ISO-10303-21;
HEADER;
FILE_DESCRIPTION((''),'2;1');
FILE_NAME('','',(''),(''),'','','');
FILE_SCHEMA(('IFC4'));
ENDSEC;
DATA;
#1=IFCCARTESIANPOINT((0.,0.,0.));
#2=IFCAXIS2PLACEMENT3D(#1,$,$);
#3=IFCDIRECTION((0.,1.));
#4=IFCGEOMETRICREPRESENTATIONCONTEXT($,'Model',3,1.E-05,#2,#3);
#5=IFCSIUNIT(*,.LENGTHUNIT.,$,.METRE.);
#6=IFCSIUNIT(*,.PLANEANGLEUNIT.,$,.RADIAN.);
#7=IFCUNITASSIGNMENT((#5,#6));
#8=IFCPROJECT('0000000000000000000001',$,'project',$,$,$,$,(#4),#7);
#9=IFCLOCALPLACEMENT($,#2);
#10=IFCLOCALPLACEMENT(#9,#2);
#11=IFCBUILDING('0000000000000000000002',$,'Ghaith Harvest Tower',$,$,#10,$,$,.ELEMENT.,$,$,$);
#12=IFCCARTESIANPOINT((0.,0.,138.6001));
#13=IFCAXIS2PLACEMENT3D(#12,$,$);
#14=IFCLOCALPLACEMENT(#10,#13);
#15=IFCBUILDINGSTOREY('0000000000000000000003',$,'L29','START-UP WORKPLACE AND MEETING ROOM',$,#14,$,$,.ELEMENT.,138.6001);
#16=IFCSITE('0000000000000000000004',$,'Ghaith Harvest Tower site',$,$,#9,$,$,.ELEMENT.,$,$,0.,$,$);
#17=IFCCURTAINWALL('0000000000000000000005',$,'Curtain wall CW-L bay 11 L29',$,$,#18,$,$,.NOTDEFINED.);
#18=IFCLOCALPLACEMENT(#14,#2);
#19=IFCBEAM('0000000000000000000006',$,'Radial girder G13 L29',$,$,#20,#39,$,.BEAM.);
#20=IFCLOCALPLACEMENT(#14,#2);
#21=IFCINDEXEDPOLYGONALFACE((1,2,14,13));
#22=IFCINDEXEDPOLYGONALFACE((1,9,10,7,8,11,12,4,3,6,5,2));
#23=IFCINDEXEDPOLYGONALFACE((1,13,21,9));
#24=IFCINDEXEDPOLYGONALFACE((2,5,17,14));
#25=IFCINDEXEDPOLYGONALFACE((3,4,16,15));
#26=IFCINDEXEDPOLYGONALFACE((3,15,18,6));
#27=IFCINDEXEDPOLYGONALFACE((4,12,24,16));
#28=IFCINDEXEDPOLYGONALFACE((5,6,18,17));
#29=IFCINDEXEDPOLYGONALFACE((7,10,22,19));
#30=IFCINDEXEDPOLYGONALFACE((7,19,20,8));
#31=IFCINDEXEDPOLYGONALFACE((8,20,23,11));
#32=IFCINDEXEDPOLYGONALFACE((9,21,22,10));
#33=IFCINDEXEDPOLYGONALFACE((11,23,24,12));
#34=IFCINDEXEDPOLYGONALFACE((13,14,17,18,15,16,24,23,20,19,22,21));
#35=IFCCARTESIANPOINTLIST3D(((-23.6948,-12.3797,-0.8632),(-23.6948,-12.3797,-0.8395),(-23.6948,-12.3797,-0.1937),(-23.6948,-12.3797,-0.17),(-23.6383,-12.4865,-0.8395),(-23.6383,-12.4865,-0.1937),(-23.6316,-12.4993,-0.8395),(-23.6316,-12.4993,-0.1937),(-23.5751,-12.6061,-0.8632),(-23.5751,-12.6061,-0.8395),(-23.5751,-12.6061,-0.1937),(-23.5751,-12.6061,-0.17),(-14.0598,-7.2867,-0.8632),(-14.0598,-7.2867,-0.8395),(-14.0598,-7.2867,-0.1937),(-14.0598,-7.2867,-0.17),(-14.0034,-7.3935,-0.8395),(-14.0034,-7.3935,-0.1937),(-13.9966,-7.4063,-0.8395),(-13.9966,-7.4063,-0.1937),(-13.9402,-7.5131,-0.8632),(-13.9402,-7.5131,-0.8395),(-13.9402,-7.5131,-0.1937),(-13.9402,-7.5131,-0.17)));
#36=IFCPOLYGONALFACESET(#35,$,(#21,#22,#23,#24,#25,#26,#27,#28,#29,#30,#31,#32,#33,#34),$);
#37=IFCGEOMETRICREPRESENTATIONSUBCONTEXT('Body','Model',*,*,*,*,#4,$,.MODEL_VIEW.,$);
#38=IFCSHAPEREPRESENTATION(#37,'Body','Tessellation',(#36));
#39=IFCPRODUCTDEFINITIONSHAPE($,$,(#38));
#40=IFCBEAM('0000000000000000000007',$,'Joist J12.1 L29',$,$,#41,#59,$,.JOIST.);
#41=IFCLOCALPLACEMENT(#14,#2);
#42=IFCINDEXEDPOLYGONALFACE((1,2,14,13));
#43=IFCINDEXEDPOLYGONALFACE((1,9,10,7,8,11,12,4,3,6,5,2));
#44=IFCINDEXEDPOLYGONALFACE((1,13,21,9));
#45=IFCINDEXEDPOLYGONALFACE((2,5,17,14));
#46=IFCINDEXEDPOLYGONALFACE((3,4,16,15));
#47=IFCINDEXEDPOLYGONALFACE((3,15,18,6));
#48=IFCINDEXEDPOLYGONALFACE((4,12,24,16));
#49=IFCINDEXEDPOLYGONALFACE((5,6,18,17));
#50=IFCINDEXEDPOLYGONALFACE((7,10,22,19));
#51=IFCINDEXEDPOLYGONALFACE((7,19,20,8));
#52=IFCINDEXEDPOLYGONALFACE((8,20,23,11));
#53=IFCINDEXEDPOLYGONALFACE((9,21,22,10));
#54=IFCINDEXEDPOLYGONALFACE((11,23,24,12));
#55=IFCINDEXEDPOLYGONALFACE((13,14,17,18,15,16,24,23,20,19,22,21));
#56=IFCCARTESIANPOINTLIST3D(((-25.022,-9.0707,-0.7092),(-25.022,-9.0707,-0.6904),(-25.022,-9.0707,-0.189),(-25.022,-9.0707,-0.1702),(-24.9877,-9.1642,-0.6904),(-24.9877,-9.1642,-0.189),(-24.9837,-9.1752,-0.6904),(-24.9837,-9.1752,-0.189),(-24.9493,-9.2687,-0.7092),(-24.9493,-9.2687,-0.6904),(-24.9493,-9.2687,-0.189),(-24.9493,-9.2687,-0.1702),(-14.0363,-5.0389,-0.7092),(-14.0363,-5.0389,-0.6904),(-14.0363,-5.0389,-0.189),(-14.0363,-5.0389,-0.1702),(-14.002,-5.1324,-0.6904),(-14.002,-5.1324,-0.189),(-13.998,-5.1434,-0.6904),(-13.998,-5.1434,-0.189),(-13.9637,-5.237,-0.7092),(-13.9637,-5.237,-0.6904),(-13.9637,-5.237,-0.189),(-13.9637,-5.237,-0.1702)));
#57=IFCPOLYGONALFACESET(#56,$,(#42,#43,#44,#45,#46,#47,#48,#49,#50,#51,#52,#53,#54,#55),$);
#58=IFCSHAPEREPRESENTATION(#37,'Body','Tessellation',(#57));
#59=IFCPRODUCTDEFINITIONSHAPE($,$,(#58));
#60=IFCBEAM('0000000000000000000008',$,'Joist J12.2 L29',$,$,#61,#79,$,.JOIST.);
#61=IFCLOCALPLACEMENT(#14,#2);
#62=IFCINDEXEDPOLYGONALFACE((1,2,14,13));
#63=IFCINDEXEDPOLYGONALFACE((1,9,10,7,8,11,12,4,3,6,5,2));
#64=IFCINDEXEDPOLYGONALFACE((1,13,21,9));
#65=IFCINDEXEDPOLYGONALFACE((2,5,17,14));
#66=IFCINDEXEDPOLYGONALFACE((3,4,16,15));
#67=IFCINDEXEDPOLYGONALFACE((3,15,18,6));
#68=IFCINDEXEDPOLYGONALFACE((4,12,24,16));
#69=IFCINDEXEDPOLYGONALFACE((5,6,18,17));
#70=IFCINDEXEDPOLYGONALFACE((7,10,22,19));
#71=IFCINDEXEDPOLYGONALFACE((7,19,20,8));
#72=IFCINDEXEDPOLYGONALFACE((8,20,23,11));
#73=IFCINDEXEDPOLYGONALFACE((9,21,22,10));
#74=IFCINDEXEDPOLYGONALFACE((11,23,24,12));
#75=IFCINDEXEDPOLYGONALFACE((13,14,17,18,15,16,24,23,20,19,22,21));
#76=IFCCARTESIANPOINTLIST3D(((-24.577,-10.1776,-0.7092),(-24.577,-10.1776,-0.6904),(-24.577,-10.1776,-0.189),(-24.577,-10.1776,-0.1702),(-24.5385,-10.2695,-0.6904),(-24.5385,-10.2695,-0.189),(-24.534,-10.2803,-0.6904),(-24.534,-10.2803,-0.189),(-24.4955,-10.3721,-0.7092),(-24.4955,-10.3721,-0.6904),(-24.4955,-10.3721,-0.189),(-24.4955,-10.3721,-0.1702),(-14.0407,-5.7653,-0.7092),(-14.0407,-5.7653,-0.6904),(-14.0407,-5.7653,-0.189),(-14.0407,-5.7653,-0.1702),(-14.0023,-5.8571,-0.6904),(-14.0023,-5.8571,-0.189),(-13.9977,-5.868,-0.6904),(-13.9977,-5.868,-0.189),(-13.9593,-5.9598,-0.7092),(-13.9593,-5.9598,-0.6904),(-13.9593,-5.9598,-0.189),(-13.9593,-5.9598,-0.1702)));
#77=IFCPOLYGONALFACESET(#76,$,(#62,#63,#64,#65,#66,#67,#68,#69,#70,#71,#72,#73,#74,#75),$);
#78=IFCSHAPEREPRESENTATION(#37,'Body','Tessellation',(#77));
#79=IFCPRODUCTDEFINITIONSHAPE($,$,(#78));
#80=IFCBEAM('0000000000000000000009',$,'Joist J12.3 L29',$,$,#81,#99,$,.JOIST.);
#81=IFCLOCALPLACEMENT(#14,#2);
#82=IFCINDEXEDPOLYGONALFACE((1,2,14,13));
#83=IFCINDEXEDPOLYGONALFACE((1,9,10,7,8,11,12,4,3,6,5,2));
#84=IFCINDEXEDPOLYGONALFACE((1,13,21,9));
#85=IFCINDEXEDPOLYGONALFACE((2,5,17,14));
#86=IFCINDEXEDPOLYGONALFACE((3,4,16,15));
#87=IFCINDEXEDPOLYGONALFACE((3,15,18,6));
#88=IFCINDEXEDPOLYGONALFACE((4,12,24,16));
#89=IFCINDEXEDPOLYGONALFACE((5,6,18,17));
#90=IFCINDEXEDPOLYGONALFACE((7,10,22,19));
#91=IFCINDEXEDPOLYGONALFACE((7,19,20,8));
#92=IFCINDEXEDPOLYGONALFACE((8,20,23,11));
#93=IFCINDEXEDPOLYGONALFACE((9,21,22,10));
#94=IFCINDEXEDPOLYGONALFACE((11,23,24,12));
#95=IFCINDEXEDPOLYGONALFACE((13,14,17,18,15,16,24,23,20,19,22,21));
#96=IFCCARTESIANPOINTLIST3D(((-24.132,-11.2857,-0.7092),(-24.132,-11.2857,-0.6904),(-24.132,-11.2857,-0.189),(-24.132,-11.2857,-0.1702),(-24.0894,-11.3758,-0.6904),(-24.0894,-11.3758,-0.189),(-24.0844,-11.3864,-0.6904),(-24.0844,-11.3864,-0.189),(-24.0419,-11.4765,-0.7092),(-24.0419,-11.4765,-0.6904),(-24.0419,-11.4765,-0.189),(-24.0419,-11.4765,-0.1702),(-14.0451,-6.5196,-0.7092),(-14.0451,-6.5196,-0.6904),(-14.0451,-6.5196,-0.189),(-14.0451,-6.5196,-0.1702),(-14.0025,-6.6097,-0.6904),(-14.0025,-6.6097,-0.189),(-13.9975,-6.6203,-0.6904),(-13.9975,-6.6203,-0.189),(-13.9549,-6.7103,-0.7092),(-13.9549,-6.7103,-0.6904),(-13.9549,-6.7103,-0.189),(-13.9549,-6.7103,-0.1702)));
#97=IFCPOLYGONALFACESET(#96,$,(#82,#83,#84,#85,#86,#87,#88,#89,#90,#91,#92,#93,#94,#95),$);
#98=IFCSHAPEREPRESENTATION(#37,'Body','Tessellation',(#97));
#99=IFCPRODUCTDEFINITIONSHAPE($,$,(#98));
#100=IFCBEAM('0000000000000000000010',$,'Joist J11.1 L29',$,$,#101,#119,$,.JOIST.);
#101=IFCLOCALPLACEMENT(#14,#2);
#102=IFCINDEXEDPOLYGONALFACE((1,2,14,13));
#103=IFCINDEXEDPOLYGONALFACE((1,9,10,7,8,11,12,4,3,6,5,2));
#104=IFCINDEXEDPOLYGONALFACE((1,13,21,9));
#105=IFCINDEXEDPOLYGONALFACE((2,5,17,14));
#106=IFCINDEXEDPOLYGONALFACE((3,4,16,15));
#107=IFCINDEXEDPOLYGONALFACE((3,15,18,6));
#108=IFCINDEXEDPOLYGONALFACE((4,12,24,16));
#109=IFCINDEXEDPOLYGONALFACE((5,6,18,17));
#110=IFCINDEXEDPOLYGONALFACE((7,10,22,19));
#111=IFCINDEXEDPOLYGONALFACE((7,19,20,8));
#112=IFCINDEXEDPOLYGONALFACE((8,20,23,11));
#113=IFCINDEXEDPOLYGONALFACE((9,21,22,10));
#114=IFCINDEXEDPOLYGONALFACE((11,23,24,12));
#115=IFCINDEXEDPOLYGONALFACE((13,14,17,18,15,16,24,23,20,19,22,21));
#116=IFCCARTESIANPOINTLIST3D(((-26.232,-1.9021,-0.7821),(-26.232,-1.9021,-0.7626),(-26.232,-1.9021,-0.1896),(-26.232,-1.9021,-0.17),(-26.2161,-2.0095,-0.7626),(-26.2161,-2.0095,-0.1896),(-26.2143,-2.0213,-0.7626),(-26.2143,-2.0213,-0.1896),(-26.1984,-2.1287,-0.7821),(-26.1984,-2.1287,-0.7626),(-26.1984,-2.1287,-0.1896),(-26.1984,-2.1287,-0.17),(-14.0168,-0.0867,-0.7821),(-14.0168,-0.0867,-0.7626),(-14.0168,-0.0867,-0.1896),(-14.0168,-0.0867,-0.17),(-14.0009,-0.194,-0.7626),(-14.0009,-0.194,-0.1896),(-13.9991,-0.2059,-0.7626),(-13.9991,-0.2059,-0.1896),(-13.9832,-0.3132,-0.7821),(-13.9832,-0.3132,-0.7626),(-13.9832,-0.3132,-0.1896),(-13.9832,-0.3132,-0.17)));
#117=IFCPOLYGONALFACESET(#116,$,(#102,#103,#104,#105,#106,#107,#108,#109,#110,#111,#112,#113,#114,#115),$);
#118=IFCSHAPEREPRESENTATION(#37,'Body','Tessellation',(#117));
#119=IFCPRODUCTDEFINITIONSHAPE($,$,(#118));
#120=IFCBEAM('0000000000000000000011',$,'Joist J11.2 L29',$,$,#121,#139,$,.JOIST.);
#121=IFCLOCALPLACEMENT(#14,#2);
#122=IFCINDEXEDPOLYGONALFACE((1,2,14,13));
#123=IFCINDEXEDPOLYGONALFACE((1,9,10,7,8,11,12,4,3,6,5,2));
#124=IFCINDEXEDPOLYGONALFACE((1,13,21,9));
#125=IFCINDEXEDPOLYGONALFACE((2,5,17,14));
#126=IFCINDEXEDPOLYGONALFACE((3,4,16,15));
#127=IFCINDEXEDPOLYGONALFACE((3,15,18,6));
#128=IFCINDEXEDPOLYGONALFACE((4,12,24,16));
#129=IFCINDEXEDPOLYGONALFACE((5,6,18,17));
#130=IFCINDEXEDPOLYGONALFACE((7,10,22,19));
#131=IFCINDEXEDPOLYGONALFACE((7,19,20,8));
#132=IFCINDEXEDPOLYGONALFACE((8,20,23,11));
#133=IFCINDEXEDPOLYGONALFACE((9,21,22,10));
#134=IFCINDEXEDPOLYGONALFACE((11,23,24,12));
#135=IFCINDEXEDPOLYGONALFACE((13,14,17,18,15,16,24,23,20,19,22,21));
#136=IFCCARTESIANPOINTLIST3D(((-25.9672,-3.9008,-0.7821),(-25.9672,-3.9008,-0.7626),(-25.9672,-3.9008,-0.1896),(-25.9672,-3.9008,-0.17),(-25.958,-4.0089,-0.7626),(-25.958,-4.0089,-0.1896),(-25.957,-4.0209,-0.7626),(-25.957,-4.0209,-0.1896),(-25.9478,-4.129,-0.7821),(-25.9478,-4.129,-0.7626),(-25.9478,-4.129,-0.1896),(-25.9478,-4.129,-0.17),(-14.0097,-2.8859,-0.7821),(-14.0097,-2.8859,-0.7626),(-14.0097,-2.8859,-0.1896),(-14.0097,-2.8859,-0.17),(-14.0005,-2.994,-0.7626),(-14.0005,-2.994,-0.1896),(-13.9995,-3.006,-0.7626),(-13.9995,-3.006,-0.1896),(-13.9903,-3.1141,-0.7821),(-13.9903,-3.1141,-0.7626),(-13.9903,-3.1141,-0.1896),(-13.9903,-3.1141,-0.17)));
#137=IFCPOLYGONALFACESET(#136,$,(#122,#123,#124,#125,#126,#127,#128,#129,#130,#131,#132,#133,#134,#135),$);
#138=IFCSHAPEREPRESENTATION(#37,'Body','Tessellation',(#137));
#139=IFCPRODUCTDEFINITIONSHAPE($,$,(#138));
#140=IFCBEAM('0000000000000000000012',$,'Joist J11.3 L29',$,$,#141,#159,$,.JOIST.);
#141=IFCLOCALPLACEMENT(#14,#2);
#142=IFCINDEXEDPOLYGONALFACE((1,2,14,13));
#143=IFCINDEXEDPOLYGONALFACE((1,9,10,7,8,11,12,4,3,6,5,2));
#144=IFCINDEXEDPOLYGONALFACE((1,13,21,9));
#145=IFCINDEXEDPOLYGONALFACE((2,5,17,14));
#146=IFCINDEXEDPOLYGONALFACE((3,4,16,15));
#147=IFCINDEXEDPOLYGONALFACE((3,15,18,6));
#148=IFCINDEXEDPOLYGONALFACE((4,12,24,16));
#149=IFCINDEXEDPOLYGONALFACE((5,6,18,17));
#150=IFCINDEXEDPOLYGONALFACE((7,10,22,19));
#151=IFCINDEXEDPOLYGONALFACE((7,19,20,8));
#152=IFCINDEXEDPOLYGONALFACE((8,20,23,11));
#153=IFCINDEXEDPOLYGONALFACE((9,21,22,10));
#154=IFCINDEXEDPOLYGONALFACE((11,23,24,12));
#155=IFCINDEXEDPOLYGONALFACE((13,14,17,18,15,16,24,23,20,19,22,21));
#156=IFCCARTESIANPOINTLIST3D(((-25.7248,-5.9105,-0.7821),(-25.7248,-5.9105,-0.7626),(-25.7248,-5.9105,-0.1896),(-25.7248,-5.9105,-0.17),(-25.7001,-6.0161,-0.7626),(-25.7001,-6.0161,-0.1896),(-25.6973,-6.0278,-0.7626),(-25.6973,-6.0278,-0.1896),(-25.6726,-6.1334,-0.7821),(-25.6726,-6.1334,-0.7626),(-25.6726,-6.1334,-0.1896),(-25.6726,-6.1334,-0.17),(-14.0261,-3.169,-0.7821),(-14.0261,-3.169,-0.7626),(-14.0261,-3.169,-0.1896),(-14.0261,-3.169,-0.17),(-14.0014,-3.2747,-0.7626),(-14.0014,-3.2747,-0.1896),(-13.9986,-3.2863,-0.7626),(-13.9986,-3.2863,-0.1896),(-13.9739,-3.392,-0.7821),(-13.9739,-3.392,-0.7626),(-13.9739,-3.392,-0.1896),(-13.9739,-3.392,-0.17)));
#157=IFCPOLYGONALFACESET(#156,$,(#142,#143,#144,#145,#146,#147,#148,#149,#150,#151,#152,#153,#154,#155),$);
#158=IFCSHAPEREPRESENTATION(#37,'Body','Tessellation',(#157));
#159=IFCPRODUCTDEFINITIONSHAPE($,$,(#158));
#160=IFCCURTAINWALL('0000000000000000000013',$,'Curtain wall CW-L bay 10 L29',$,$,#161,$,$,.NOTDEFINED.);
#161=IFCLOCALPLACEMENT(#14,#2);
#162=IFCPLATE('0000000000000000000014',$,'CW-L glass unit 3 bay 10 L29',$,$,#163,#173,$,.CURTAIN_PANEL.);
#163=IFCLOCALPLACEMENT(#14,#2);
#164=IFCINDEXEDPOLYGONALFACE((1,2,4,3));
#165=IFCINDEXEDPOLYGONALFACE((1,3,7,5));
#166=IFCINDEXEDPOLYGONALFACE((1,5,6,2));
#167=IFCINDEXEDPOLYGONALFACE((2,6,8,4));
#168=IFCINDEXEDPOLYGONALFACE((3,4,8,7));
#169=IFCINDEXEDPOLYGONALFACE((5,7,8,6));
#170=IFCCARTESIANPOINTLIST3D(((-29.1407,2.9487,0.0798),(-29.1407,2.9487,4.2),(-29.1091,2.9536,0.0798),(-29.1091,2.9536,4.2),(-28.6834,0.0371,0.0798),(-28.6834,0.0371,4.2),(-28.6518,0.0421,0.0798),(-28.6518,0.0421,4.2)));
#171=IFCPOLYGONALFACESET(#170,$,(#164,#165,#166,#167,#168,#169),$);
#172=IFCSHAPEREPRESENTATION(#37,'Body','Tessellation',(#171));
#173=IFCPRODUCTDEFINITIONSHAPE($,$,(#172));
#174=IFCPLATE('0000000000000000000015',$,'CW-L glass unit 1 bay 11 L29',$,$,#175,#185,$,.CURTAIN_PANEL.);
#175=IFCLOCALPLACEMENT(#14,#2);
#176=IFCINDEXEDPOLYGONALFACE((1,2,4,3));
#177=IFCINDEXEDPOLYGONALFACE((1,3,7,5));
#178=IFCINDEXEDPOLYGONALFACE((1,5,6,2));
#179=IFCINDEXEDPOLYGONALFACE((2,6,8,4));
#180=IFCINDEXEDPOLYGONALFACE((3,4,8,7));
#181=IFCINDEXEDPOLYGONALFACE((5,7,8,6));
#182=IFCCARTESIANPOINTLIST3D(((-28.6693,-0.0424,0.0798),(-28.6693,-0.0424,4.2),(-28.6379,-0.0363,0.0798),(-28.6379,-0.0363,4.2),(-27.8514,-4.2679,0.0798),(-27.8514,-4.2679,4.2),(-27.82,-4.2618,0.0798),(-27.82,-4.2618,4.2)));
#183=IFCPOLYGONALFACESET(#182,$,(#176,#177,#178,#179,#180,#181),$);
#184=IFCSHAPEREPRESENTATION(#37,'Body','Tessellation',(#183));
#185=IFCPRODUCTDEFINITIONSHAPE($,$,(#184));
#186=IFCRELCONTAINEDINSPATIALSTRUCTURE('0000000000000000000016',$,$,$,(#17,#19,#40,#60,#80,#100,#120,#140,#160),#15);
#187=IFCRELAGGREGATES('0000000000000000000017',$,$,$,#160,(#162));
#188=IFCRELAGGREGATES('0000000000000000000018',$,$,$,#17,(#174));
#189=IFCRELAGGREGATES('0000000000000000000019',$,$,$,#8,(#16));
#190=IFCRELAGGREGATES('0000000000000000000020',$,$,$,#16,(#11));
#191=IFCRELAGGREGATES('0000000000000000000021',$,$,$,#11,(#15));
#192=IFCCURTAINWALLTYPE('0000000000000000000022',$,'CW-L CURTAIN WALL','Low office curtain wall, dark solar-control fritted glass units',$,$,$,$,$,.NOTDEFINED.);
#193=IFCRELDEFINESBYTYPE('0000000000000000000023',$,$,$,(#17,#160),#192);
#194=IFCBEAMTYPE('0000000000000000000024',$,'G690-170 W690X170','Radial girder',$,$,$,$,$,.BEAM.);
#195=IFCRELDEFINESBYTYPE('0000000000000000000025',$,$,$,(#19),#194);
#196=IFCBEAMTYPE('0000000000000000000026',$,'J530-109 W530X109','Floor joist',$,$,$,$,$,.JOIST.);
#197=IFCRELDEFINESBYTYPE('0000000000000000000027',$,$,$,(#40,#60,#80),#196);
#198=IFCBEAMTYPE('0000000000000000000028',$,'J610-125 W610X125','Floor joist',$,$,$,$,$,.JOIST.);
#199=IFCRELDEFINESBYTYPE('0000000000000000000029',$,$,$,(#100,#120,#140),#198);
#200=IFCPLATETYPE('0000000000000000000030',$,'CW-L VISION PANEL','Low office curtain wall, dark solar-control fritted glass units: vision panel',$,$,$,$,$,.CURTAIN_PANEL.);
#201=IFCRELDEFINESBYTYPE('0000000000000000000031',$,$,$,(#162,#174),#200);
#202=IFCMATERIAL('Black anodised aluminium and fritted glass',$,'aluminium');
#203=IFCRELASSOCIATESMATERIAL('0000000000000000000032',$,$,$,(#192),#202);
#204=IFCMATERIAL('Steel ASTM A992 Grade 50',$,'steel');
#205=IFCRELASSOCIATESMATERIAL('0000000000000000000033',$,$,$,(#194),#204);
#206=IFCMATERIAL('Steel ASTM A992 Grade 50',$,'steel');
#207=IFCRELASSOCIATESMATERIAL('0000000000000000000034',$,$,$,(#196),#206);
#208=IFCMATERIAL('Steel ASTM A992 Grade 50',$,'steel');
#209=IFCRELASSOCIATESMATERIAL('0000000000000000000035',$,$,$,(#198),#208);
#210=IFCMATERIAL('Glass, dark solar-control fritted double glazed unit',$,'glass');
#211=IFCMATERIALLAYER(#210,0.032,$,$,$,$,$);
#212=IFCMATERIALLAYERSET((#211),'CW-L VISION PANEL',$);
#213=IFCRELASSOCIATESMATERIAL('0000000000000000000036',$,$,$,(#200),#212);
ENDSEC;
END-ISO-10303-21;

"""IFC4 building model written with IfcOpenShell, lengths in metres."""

from ifc_helpers import new_model, si_unit, direction, frame, origin, origin_2d, place, context, subcontext, project, spatial, rectangle, i_section, extrude, material, layer, layer_set, material_profile, profile_set, type_object, element, aggregate, save


model = new_model("IFC4")

# Units and contexts
model_context = context("Model", 3, precision=1e-05, world=origin(), true_north=direction((0.0, 1.0)))
body_context = subcontext(model_context, "Body", "Model", "MODEL_VIEW")
ifc_project = project(units=[si_unit("LENGTHUNIT", "METRE"), si_unit("PLANEANGLEUNIT", "RADIAN")], contexts=[model_context])

# Site, building, storey
site_placement = place(None, origin())
site = spatial("IfcSite", under=ifc_project, at=site_placement, Name="Ghaith Harvest Tower site", CompositionType="ELEMENT", RefElevation=0.0)
building_placement = place(site_placement, origin())
building = spatial("IfcBuilding", under=site, at=building_placement, Name="Ghaith Harvest Tower", CompositionType="ELEMENT")
storey_placement = place(building_placement, frame((0.0, 0.0, 138.6001)))
storey = spatial("IfcBuildingStorey", under=building, at=storey_placement, Name="L29", Description="START-UP WORKPLACE AND MEETING ROOM", CompositionType="ELEMENT", Elevation=138.6001)

# Curtain wall
ifc_material_1 = material(Name="Black anodised aluminium and fritted glass", Category="aluminium")
curtain_wall_type = type_object("IfcCurtainWallType", Name="CW-L CURTAIN WALL", Description="Low office curtain wall, dark solar-control fritted glass units", PredefinedType="NOTDEFINED", material=ifc_material_1)
curtain_wall_1_placement = place(storey_placement, origin())
curtain_wall_1 = element("IfcCurtainWall", 1, at=curtain_wall_1_placement, inside=storey, type_object=curtain_wall_type, Name="Curtain wall CW-L bay 11 L29", PredefinedType="NOTDEFINED")

# Beams
ifc_material_2 = material(Name="Steel ASTM A992 Grade 50", Category="steel")
ifc_material_profile_1 = material_profile(ifc_material_2, i_section(OverallWidth=0.2561, OverallDepth=0.6931, WebThickness=0.0144, FlangeThickness=0.0237, at=origin_2d()), Name="W690X170")
ifc_profile_set_1 = profile_set([ifc_material_profile_1], Name="Steel ASTM A992 Grade 50")
beam_type_1 = type_object("IfcBeamType", Name="G690-170 W690X170", Description="Radial girder", PredefinedType="BEAM", material=ifc_profile_set_1)
beam_1_placement = place(storey_placement, frame((-14.0, -7.3999, -0.5166), z_axis=(-0.884086, -0.467324, 0.0), x_axis=(0.467324, -0.884086, 0.0)))
element("IfcBeam", 2, at=beam_1_placement, inside=storey, type_object=beam_type_1, Name="Radial girder G13 L29", PredefinedType="BEAM", context=body_context, shape_type="SweptSolid", body=[
    extrude(i_section(OverallWidth=0.2561, OverallDepth=0.6931, WebThickness=0.0144, FlangeThickness=0.0237, at=origin_2d()), origin(), (0.0, 0.0, 1.0), 10.8982),
])
ifc_material_3 = material(Name="Steel ASTM A992 Grade 50", Category="steel")
ifc_material_profile_2 = material_profile(ifc_material_3, i_section(OverallWidth=0.2109, OverallDepth=0.5391, WebThickness=0.0117, FlangeThickness=0.0188, at=origin_2d()), Name="W530X109")
ifc_profile_set_2 = profile_set([ifc_material_profile_2], Name="Steel ASTM A992 Grade 50")
beam_type_2 = type_object("IfcBeamType", Name="J530-109 W530X109", Description="Floor joist", PredefinedType="JOIST", material=ifc_profile_set_2)
beam_2_placement = place(storey_placement, frame((-14.0, -5.1379, -0.4397), z_axis=(-0.938774, -0.344532, 0.0), x_axis=(0.344532, -0.938774, 0.0)))
element("IfcBeam", 3, at=beam_2_placement, inside=storey, type_object=beam_type_2, Name="Joist J12.1 L29", PredefinedType="JOIST", context=body_context, shape_type="SweptSolid", body=[
    extrude(i_section(OverallWidth=0.2109, OverallDepth=0.5391, WebThickness=0.0117, FlangeThickness=0.0188, at=origin_2d()), origin(), (0.0, 0.0, 1.0), 11.7021),
])
beam_3_placement = place(storey_placement, frame((-14.0, -5.8625, -0.4397), z_axis=(-0.922386, -0.38627, 0.0), x_axis=(0.38627, -0.922386, 0.0)))
element("IfcBeam", 4, at=beam_3_placement, inside=storey, type_object=beam_type_2, Name="Joist J12.2 L29", PredefinedType="JOIST", context=body_context, shape_type="SweptSolid", body=[
    extrude(i_section(OverallWidth=0.2109, OverallDepth=0.5391, WebThickness=0.0117, FlangeThickness=0.0188, at=origin_2d()), origin(), (0.0, 0.0, 1.0), 11.4229),
])
beam_4_placement = place(storey_placement, frame((-14.0, -6.615, -0.4397), z_axis=(-0.90415, -0.427215, 0.0), x_axis=(0.427215, -0.90415, 0.0)))
element("IfcBeam", 5, at=beam_4_placement, inside=storey, type_object=beam_type_2, Name="Joist J12.3 L29", PredefinedType="JOIST", context=body_context, shape_type="SweptSolid", body=[
    extrude(i_section(OverallWidth=0.2109, OverallDepth=0.5391, WebThickness=0.0117, FlangeThickness=0.0188, at=origin_2d()), origin(), (0.0, 0.0, 1.0), 11.1562),
])
ifc_material_4 = material(Name="Steel ASTM A992 Grade 50", Category="steel")
ifc_material_profile_3 = material_profile(ifc_material_4, i_section(OverallWidth=0.229, OverallDepth=0.6121, WebThickness=0.012, FlangeThickness=0.0195, at=origin_2d()), Name="W610X125")
ifc_profile_set_3 = profile_set([ifc_material_profile_3], Name="Steel ASTM A992 Grade 50")
beam_type_3 = type_object("IfcBeamType", Name="J610-125 W610X125", Description="Floor joist", PredefinedType="JOIST", material=ifc_profile_set_3)
beam_5_placement = place(storey_placement, frame((-14.0, -0.2, -0.4761), z_axis=(-0.989135, -0.147007, 0.0), x_axis=(0.147007, -0.989135, 0.0)))
element("IfcBeam", 6, at=beam_5_placement, inside=storey, type_object=beam_type_3, Name="Joist J11.1 L29", PredefinedType="JOIST", context=body_context, shape_type="SweptSolid", body=[
    extrude(i_section(OverallWidth=0.229, OverallDepth=0.6121, WebThickness=0.012, FlangeThickness=0.0195, at=origin_2d()), origin(), (0.0, 0.0, 1.0), 12.3494),
])
beam_6_placement = place(storey_placement, frame((-14.0, -3.0, -0.4761), z_axis=(-0.996417, -0.084571, 0.0), x_axis=(0.084571, -0.996417, 0.0)))
element("IfcBeam", 7, at=beam_6_placement, inside=storey, type_object=beam_type_3, Name="Joist J11.2 L29", PredefinedType="JOIST", context=body_context, shape_type="SweptSolid", body=[
    extrude(i_section(OverallWidth=0.229, OverallDepth=0.6121, WebThickness=0.012, FlangeThickness=0.0195, at=origin_2d()), origin(), (0.0, 0.0, 1.0), 12.0005),
])
beam_7_placement = place(storey_placement, frame((-14.0, -3.2805, -0.4761), z_axis=(-0.973624, -0.228157, 0.0), x_axis=(0.228157, -0.973624, 0.0)))
element("IfcBeam", 8, at=beam_7_placement, inside=storey, type_object=beam_type_3, Name="Joist J11.3 L29", PredefinedType="JOIST", context=body_context, shape_type="SweptSolid", body=[
    extrude(i_section(OverallWidth=0.229, OverallDepth=0.6121, WebThickness=0.012, FlangeThickness=0.0195, at=origin_2d()), origin(), (0.0, 0.0, 1.0), 12.0156),
])

# Curtain wall, plate
curtain_wall_2_placement = place(storey_placement, origin())
curtain_wall_2 = element("IfcCurtainWall", 9, at=curtain_wall_2_placement, inside=storey, type_object=curtain_wall_type, Name="Curtain wall CW-L bay 10 L29", PredefinedType="NOTDEFINED")
ifc_material_5 = material(Name="Glass, dark solar-control fritted double glazed unit", Category="glass")
ifc_layer_1 = layer(ifc_material_5, 0.032)
ifc_layer_set_1 = layer_set([ifc_layer_1], Name="CW-L VISION PANEL")
plate_type_1 = type_object("IfcPlateType", Name="CW-L VISION PANEL", Description="Low office curtain wall, dark solar-control fritted glass units: vision panel", PredefinedType="CURTAIN_PANEL", material=ifc_layer_set_1)
plate_1_placement = place(storey_placement, frame((-28.8962, 1.4954, 0.0798), z_axis=(0.0, 0.0, 1.0), x_axis=(0.155172, -0.987887, 0.0)))
plate_1 = element("IfcPlate", 10, at=plate_1_placement, type_object=plate_type_1, Name="CW-L glass unit 3 bay 10 L29", PredefinedType="CURTAIN_PANEL", context=body_context, shape_type="SweptSolid", body=[
    extrude(rectangle(XDim=2.9473, YDim=0.032, at=origin_2d()), origin(), (0.0, 0.0, 1.0), 4.1201),
])
aggregate(curtain_wall_2, [plate_1])

# Plate
plate_2_placement = place(storey_placement, frame((-28.2446, -2.1521, 0.0798), z_axis=(0.0, 0.0, 1.0), x_axis=(0.190045, -0.981775, 0.0)))
plate_2 = element("IfcPlate", 11, at=plate_2_placement, type_object=plate_type_1, Name="CW-L glass unit 1 bay 11 L29", PredefinedType="CURTAIN_PANEL", context=body_context, shape_type="SweptSolid", body=[
    extrude(rectangle(XDim=4.304, YDim=0.032, at=origin_2d()), origin(), (0.0, 0.0, 1.0), 4.1201),
])
aggregate(curtain_wall_1, [plate_2])

save(model, "model.ifc")
